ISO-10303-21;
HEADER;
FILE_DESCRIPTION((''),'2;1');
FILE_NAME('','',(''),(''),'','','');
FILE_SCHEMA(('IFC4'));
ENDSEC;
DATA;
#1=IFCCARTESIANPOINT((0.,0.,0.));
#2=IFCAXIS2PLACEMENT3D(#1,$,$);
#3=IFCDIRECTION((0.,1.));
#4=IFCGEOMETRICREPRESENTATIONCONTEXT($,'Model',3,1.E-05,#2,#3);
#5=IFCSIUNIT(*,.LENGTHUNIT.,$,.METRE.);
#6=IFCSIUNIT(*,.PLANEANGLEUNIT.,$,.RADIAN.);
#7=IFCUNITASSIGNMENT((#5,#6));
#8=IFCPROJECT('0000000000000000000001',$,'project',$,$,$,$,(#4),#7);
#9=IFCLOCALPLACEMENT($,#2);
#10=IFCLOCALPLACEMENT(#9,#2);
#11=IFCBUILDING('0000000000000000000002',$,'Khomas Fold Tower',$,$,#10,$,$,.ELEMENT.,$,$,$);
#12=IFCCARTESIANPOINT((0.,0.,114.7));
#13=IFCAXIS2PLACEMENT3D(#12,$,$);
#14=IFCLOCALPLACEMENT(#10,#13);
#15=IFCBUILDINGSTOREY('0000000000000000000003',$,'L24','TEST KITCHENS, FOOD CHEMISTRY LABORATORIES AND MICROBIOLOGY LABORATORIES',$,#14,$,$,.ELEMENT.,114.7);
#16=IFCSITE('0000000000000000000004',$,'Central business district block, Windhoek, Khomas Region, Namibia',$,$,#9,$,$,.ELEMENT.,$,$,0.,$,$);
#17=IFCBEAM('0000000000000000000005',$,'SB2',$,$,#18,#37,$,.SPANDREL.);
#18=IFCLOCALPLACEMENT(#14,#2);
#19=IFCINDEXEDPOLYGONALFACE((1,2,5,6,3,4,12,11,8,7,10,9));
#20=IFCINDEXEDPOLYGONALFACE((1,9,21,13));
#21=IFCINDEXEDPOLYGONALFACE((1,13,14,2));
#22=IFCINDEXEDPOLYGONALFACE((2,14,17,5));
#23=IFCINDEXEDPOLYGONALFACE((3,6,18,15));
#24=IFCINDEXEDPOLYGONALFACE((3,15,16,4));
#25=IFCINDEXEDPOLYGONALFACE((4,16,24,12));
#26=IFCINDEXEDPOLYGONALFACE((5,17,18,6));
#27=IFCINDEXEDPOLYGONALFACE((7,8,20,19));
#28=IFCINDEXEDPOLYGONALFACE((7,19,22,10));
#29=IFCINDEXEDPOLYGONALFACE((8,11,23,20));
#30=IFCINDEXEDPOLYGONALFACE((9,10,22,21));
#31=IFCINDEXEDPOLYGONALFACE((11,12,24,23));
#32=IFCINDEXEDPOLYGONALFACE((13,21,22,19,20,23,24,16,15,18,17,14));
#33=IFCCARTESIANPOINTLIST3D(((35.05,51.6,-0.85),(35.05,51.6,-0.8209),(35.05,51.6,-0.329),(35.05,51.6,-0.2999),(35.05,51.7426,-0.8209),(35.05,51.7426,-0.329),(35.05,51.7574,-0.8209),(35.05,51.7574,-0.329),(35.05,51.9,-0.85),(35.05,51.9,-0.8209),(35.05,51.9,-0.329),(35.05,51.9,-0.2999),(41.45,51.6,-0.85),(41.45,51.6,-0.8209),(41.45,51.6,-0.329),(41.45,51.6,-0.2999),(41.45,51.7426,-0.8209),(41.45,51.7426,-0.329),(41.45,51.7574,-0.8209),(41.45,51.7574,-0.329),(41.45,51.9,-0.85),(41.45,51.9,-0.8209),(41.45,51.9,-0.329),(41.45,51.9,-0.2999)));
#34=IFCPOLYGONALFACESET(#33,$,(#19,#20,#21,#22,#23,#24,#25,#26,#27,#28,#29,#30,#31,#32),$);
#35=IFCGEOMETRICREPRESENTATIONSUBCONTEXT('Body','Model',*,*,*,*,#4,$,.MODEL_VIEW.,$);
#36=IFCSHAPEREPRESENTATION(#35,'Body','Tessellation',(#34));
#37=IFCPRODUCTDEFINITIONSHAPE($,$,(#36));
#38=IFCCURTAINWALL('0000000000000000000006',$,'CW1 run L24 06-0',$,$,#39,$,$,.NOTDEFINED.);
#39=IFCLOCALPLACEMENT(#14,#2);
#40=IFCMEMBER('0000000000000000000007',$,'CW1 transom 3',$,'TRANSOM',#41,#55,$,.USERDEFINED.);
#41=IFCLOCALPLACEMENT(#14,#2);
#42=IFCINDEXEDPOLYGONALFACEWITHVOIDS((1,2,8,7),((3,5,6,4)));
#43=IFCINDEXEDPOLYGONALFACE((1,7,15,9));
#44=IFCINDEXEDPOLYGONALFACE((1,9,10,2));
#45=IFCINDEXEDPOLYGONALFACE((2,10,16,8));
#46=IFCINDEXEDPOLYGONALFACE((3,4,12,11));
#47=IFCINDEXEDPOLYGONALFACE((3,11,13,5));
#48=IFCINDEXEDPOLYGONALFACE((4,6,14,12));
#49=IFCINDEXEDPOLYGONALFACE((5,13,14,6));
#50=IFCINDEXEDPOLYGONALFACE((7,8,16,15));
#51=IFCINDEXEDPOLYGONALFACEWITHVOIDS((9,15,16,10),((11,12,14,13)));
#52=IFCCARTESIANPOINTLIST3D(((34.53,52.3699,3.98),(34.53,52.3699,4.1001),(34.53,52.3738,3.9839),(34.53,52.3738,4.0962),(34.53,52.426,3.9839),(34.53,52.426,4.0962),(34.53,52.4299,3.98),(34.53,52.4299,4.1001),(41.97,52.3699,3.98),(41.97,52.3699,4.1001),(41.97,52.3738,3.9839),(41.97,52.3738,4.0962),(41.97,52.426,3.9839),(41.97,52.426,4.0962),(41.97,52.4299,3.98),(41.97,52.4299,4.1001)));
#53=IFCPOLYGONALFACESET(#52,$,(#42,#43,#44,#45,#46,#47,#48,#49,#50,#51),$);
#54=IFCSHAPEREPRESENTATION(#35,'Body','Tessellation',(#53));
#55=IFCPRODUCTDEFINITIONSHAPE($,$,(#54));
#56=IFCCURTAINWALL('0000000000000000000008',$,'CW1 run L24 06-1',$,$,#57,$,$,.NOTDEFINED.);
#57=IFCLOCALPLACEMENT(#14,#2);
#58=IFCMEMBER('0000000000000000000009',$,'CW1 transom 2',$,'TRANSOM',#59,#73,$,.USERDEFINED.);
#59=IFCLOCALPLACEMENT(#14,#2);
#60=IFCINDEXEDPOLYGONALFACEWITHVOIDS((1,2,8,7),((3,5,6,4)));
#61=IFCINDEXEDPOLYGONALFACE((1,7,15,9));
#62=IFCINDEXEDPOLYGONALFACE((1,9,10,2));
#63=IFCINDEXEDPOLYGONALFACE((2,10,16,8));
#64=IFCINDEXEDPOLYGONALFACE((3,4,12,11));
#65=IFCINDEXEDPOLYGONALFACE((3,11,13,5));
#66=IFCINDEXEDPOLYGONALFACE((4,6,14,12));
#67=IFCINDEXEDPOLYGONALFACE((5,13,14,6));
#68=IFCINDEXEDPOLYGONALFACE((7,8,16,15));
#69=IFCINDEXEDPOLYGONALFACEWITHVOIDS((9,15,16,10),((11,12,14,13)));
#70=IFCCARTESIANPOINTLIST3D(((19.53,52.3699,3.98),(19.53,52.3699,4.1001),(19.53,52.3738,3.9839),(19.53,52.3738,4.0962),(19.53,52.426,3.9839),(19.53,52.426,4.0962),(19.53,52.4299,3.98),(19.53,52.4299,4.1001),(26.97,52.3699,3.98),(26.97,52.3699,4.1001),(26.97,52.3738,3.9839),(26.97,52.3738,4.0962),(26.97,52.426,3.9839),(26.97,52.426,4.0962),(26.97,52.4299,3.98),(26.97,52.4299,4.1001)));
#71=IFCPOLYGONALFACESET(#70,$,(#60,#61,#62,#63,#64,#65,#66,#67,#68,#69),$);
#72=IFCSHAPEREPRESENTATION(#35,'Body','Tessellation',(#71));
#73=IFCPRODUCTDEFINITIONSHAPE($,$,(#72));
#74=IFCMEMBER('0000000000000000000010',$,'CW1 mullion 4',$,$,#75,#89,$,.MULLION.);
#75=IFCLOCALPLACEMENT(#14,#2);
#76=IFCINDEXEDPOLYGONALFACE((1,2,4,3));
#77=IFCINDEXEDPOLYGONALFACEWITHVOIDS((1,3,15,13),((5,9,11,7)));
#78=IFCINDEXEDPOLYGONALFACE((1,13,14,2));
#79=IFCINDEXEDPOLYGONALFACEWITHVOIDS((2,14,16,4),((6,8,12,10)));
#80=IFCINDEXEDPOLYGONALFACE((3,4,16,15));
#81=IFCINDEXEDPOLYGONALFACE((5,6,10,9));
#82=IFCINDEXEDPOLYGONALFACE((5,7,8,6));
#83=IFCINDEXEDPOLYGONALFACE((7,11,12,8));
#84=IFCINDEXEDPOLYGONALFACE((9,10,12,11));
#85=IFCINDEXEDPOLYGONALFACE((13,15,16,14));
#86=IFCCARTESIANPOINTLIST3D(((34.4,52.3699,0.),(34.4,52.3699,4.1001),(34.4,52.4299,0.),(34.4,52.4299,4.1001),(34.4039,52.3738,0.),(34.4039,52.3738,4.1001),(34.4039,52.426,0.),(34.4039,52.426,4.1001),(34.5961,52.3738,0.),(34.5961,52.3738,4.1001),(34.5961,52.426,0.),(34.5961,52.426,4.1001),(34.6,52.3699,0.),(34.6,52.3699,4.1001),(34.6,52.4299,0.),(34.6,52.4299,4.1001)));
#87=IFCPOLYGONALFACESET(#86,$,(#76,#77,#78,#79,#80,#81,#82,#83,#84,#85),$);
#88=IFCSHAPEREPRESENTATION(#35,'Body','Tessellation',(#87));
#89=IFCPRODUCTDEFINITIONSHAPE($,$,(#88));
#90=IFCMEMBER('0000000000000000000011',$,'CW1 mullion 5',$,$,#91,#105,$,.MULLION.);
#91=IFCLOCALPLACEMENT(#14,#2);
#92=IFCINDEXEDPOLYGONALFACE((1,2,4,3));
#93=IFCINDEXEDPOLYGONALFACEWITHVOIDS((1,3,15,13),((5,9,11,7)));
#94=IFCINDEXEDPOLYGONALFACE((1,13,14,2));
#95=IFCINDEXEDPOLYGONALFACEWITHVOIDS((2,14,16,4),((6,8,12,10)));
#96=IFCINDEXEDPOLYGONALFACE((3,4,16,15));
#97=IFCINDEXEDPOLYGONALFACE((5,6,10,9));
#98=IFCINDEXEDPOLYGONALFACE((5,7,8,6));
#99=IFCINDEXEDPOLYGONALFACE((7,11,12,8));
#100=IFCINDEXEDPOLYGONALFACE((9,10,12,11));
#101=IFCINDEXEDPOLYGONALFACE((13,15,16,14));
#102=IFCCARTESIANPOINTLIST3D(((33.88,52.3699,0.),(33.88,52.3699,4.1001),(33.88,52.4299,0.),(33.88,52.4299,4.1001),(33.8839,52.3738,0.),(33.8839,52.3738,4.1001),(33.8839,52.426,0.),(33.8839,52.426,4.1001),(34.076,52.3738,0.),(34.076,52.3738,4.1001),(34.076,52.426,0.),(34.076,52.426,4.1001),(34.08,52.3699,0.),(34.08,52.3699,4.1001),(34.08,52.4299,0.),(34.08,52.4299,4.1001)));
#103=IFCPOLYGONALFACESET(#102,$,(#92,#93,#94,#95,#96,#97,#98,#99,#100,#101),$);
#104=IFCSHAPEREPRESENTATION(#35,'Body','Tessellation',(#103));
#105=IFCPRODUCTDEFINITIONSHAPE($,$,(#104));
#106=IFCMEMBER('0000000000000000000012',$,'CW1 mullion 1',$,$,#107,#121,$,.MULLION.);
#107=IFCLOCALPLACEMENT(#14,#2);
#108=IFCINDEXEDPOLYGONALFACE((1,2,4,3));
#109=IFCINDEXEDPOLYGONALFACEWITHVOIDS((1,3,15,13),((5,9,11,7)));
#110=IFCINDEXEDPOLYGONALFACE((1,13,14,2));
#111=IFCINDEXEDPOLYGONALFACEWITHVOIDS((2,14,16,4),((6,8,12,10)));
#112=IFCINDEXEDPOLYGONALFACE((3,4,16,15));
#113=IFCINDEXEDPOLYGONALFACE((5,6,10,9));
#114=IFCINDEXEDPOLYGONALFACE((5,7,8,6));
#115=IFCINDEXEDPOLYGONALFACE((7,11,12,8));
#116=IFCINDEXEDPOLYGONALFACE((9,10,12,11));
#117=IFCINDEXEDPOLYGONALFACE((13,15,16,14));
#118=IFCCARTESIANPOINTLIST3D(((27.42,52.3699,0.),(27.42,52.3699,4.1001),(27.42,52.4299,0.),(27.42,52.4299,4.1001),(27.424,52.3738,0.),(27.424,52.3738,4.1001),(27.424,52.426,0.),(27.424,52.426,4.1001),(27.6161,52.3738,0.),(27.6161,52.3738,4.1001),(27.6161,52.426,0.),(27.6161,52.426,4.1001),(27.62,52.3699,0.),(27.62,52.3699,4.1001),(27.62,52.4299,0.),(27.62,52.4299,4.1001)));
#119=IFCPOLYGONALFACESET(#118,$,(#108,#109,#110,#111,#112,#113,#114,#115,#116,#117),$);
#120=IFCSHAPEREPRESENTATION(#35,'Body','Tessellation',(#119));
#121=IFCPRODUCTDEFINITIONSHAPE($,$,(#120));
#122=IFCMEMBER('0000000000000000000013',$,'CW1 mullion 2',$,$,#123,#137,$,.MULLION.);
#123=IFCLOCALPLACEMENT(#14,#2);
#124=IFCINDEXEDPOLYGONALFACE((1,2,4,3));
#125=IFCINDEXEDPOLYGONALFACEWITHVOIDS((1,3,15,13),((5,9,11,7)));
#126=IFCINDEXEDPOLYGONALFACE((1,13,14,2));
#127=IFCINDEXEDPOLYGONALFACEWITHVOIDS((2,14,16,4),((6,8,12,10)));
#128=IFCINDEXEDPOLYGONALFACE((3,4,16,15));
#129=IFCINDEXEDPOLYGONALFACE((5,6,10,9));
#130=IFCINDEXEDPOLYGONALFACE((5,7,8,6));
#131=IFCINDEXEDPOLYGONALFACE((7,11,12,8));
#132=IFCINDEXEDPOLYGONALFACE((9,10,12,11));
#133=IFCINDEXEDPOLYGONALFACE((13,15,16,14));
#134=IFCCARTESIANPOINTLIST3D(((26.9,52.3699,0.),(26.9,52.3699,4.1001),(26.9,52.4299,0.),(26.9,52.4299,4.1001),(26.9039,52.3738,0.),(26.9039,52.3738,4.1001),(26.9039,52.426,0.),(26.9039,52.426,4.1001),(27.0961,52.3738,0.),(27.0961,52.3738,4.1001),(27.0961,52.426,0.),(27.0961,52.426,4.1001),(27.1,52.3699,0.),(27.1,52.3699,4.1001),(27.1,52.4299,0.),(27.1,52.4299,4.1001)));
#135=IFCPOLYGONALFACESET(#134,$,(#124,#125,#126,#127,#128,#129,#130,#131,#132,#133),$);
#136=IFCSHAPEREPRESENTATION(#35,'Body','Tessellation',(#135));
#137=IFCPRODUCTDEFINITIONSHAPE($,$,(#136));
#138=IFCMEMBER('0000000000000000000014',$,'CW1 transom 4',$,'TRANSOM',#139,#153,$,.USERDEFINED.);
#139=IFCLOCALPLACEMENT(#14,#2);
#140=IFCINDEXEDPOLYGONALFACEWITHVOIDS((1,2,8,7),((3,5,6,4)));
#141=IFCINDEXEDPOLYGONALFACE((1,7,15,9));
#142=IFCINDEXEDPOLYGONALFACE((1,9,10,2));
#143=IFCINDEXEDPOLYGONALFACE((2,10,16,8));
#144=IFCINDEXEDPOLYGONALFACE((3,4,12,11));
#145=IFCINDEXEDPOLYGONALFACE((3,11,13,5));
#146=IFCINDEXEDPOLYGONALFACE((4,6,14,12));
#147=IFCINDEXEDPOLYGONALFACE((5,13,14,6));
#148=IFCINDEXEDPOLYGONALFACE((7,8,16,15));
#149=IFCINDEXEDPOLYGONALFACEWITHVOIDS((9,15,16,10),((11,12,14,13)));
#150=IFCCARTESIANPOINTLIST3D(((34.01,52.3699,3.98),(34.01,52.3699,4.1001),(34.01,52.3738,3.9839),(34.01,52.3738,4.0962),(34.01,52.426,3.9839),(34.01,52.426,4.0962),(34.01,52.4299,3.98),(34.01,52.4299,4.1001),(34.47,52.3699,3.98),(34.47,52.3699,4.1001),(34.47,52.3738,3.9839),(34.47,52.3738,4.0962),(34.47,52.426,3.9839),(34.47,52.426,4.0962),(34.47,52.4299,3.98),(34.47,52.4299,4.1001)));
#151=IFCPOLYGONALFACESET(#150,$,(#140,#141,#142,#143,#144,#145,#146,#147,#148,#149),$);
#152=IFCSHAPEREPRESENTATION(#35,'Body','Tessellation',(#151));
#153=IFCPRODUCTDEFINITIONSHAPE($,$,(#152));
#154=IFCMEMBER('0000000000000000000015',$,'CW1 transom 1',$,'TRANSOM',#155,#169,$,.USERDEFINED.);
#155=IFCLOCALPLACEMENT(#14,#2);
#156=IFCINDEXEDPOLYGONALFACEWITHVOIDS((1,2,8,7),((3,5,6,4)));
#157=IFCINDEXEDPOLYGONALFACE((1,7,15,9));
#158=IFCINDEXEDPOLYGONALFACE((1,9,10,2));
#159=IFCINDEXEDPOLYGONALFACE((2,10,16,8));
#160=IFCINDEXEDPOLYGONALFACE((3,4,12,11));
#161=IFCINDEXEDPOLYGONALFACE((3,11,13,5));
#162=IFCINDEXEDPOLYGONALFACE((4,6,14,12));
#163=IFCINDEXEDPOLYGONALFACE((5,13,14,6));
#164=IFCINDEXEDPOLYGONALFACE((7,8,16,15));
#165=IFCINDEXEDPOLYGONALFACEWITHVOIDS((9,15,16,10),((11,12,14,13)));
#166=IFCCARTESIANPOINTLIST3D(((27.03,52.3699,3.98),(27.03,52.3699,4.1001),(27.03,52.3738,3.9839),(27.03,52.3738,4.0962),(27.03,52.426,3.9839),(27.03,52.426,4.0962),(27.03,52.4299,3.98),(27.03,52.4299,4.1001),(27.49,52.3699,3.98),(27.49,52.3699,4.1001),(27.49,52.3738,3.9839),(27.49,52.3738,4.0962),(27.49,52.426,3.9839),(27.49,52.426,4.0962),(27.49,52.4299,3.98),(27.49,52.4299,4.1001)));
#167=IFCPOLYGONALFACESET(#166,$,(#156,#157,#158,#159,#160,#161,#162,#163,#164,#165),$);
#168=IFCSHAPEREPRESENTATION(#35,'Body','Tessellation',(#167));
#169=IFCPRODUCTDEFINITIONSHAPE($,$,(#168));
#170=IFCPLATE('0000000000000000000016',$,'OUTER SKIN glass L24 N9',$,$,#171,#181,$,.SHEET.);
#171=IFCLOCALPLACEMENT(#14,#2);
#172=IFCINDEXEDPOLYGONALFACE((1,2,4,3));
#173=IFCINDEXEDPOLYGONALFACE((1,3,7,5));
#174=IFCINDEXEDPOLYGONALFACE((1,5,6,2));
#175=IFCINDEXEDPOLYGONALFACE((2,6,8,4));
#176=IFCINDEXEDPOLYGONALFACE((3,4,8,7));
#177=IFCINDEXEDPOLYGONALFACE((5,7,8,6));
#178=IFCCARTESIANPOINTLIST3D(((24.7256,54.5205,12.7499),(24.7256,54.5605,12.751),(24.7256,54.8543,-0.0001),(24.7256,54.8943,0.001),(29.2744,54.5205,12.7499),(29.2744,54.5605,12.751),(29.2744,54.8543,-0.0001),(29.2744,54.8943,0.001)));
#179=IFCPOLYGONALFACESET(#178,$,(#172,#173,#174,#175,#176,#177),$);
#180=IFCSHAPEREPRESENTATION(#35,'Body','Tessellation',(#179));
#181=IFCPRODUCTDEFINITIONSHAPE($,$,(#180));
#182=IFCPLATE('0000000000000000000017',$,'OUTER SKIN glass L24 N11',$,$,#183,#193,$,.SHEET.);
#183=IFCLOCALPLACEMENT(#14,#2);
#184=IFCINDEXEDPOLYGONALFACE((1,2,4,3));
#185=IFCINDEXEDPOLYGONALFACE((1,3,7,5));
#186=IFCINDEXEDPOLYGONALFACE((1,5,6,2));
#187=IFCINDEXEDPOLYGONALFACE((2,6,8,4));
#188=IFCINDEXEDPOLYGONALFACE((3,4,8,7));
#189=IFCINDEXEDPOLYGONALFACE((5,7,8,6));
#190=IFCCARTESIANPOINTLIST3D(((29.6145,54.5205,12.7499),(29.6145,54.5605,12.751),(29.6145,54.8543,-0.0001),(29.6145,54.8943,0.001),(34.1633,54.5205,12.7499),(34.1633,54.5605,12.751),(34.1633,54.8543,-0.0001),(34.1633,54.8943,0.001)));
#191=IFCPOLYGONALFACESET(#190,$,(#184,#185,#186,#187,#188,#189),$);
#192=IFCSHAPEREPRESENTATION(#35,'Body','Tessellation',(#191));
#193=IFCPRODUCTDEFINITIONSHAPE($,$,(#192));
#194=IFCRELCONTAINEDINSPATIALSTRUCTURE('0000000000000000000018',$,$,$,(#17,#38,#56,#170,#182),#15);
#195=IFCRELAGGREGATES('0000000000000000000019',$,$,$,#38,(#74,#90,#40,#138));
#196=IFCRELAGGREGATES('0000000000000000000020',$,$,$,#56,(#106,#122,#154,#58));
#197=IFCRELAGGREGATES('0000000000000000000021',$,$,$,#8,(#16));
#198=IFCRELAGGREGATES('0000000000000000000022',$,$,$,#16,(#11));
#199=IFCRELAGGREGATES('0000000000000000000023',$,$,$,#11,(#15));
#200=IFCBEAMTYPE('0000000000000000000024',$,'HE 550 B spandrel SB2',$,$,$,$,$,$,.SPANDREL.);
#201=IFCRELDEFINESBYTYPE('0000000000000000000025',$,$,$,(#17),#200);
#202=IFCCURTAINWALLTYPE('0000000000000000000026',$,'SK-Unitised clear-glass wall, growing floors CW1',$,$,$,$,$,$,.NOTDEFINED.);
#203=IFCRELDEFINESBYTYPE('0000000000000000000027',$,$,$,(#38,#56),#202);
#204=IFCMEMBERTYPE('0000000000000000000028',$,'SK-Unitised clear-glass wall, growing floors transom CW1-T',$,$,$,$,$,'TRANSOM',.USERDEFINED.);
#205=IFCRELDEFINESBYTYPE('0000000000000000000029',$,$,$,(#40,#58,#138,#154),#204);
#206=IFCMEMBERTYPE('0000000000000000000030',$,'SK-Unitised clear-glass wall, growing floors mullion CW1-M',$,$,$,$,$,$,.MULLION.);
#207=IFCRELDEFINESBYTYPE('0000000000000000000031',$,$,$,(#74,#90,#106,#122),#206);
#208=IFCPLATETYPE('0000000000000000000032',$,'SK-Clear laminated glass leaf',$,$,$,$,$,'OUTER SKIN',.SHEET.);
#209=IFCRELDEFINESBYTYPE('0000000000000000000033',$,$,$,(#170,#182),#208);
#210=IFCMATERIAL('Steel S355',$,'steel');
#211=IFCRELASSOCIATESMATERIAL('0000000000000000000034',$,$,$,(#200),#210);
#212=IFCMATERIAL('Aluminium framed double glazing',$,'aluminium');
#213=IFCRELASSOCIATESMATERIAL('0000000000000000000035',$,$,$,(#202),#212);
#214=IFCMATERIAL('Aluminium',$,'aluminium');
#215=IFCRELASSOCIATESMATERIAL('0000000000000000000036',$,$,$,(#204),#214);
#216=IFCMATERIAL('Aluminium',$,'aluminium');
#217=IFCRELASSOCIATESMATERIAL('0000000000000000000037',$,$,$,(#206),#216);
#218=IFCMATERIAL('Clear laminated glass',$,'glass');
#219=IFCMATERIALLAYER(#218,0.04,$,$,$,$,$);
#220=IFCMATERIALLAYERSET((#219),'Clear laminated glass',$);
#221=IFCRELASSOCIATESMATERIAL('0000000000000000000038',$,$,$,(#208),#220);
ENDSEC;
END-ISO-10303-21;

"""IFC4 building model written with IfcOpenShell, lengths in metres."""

from ifc_helpers import new_model, si_unit, direction, frame, origin, origin_2d, place, context, subcontext, project, spatial, polyline, hollow_rectangle, i_section, outline, extrude, source, transform, mapped, material, layer, layer_set, material_profile, profile_set, type_object, element, aggregate, save


model = new_model("IFC4")

# Units and contexts
model_context = context("Model", 3, precision=1e-05, world=origin(), true_north=direction((0.0, 1.0)))
body_context = subcontext(model_context, "Body", "Model", "MODEL_VIEW")
ifc_project = project(units=[si_unit("LENGTHUNIT", "METRE"), si_unit("PLANEANGLEUNIT", "RADIAN")], contexts=[model_context])

# Site, building, storey
site_placement = place(None, origin())
site = spatial("IfcSite", under=ifc_project, at=site_placement, Name="Central business district block, Windhoek, Khomas Region, Namibia", CompositionType="ELEMENT", RefElevation=0.0)
building_placement = place(site_placement, origin())
building = spatial("IfcBuilding", under=site, at=building_placement, Name="Khomas Fold Tower", CompositionType="ELEMENT")
storey_placement = place(building_placement, frame((0.0, 0.0, 114.7)))
storey = spatial("IfcBuildingStorey", under=building, at=storey_placement, Name="L24", Description="TEST KITCHENS, FOOD CHEMISTRY LABORATORIES AND MICROBIOLOGY LABORATORIES", CompositionType="ELEMENT", Elevation=114.7)

# Beam
ifc_material_1 = material(Name="Steel S355", Category="steel")
ifc_material_profile_1 = material_profile(ifc_material_1, i_section(OverallWidth=0.3, OverallDepth=0.55, WebThickness=0.0149, FlangeThickness=0.0291, at=origin_2d()), Name="HE 550 B")
ifc_profile_set_1 = profile_set([ifc_material_profile_1], Name="Steel S355")
beam_type = type_object("IfcBeamType", Name="HE 550 B spandrel SB2", PredefinedType="SPANDREL", material=ifc_profile_set_1)
shared_shape_1 = source(origin(), body_context, "Body", "SweptSolid", [
    extrude(i_section(OverallWidth=0.3, OverallDepth=0.55, WebThickness=0.0149, FlangeThickness=0.0291, at=origin_2d()), origin(), (0.0, 0.0, 1.0), 6.3999),
])
beam_placement = place(storey_placement, frame((35.05, 51.75, -0.575), z_axis=(1.0, 0.0, 0.0), x_axis=(0.0, 1.0, 0.0)))
element("IfcBeam", 1, at=beam_placement, inside=storey, type_object=beam_type, Name="SB2", PredefinedType="SPANDREL", context=body_context, shape_type="MappedRepresentation", body=[
    mapped(shared_shape_1, transform((0.0, 0.0, 0.0))),
])

# Curtain walls, members
ifc_material_2 = material(Name="Aluminium framed double glazing", Category="aluminium")
curtain_wall_type = type_object("IfcCurtainWallType", Name="SK-Unitised clear-glass wall, growing floors CW1", PredefinedType="NOTDEFINED", material=ifc_material_2)
curtain_wall_1_placement = place(storey_placement, origin())
curtain_wall_1 = element("IfcCurtainWall", 2, at=curtain_wall_1_placement, inside=storey, type_object=curtain_wall_type, Name="CW1 run L24 06-0", PredefinedType="NOTDEFINED")
ifc_material_3 = material(Name="Aluminium", Category="aluminium")
ifc_material_profile_2 = material_profile(ifc_material_3, hollow_rectangle(XDim=0.0601, YDim=0.1201, WallThickness=0.0039, at=origin_2d()), Name="SK-Unitised clear-glass wall, growing floors transom CW1-T")
ifc_profile_set_2 = profile_set([ifc_material_profile_2], Name="Aluminium")
member_type_1 = type_object("IfcMemberType", Name="SK-Unitised clear-glass wall, growing floors transom CW1-T", ElementType="TRANSOM", PredefinedType="USERDEFINED", material=ifc_profile_set_2)
shared_shape_2 = source(origin(), body_context, "Body", "SweptSolid", [
    extrude(hollow_rectangle(XDim=0.0601, YDim=0.1201, WallThickness=0.0039, at=origin_2d()), origin(), (0.0, 0.0, 1.0), 7.4399),
])
member_1_placement = place(storey_placement, frame((41.97, 52.3999, 4.04), z_axis=(-1.0, 0.0, 0.0), x_axis=(0.0, -1.0, 0.0)))
member_1 = element("IfcMember", 3, at=member_1_placement, type_object=member_type_1, Name="CW1 transom 3", ObjectType="TRANSOM", PredefinedType="USERDEFINED", context=body_context, shape_type="MappedRepresentation", body=[
    mapped(shared_shape_2, transform((0.0, 0.0, 0.0))),
])
curtain_wall_2_placement = place(storey_placement, origin())
curtain_wall_2 = element("IfcCurtainWall", 4, at=curtain_wall_2_placement, inside=storey, type_object=curtain_wall_type, Name="CW1 run L24 06-1", PredefinedType="NOTDEFINED")
member_2_placement = place(storey_placement, frame((26.97, 52.3999, 4.04), z_axis=(-1.0, 0.0, 0.0), x_axis=(0.0, -1.0, 0.0)))
member_2 = element("IfcMember", 5, at=member_2_placement, type_object=member_type_1, Name="CW1 transom 2", ObjectType="TRANSOM", PredefinedType="USERDEFINED", context=body_context, shape_type="MappedRepresentation", body=[
    mapped(shared_shape_2, transform((0.0, 0.0, 0.0))),
])

# Members
ifc_material_4 = material(Name="Aluminium", Category="aluminium")
ifc_material_profile_3 = material_profile(ifc_material_4, hollow_rectangle(XDim=0.0601, YDim=0.2, WallThickness=0.0039, at=origin_2d()), Name="SK-Unitised clear-glass wall, growing floors mullion CW1-M")
ifc_profile_set_3 = profile_set([ifc_material_profile_3], Name="Aluminium")
member_type_2 = type_object("IfcMemberType", Name="SK-Unitised clear-glass wall, growing floors mullion CW1-M", PredefinedType="MULLION", material=ifc_profile_set_3)
shared_shape_3 = source(origin(), body_context, "Body", "SweptSolid", [
    extrude(hollow_rectangle(XDim=0.0601, YDim=0.2, WallThickness=0.0039, at=origin_2d()), origin(), (0.0, 0.0, 1.0), 4.1001),
])
member_3_placement = place(storey_placement, frame((34.5, 52.3999, 0.0), z_axis=(0.0, 0.0, 1.0), x_axis=(0.0, -1.0, 0.0)))
member_3 = element("IfcMember", 6, at=member_3_placement, type_object=member_type_2, Name="CW1 mullion 4", PredefinedType="MULLION", context=body_context, shape_type="MappedRepresentation", body=[
    mapped(shared_shape_3, transform((0.0, 0.0, 0.0))),
])
member_4_placement = place(storey_placement, frame((33.98, 52.3999, 0.0), z_axis=(0.0, 0.0, 1.0), x_axis=(0.0, -1.0, 0.0)))
member_4 = element("IfcMember", 7, at=member_4_placement, type_object=member_type_2, Name="CW1 mullion 5", PredefinedType="MULLION", context=body_context, shape_type="MappedRepresentation", body=[
    mapped(shared_shape_3, transform((0.0, 0.0, 0.0))),
])
member_5_placement = place(storey_placement, frame((27.52, 52.3999, 0.0), z_axis=(0.0, 0.0, 1.0), x_axis=(0.0, -1.0, 0.0)))
member_5 = element("IfcMember", 8, at=member_5_placement, type_object=member_type_2, Name="CW1 mullion 1", PredefinedType="MULLION", context=body_context, shape_type="MappedRepresentation", body=[
    mapped(shared_shape_3, transform((0.0, 0.0, 0.0))),
])
member_6_placement = place(storey_placement, frame((27.0, 52.3999, 0.0), z_axis=(0.0, 0.0, 1.0), x_axis=(0.0, -1.0, 0.0)))
member_6 = element("IfcMember", 9, at=member_6_placement, type_object=member_type_2, Name="CW1 mullion 2", PredefinedType="MULLION", context=body_context, shape_type="MappedRepresentation", body=[
    mapped(shared_shape_3, transform((0.0, 0.0, 0.0))),
])
shared_shape_4 = source(origin(), body_context, "Body", "SweptSolid", [
    extrude(hollow_rectangle(XDim=0.0601, YDim=0.1201, WallThickness=0.0039, at=origin_2d()), origin(), (0.0, 0.0, 1.0), 0.46),
])
member_7_placement = place(storey_placement, frame((34.47, 52.3999, 4.04), z_axis=(-1.0, 0.0, 0.0), x_axis=(0.0, -1.0, 0.0)))
member_7 = element("IfcMember", 10, at=member_7_placement, type_object=member_type_1, Name="CW1 transom 4", ObjectType="TRANSOM", PredefinedType="USERDEFINED", context=body_context, shape_type="MappedRepresentation", body=[
    mapped(shared_shape_4, transform((0.0, 0.0, 0.0))),
])
member_8_placement = place(storey_placement, frame((27.49, 52.3999, 4.04), z_axis=(-1.0, 0.0, 0.0), x_axis=(0.0, -1.0, 0.0)))
member_8 = element("IfcMember", 11, at=member_8_placement, type_object=member_type_1, Name="CW1 transom 1", ObjectType="TRANSOM", PredefinedType="USERDEFINED", context=body_context, shape_type="MappedRepresentation", body=[
    mapped(shared_shape_4, transform((0.0, 0.0, 0.0))),
])

# Plates
ifc_material_5 = material(Name="Clear laminated glass", Category="glass")
ifc_layer_1 = layer(ifc_material_5, 0.04)
ifc_layer_set_1 = layer_set([ifc_layer_1], Name="Clear laminated glass")
plate_type_1 = type_object("IfcPlateType", Name="SK-Clear laminated glass leaf", ElementType="OUTER SKIN", PredefinedType="SHEET", material=ifc_layer_set_1)
for number, where, z_axis, x_axis, name in (
    (12, (24.7256, 54.8943, 0.001), (0.0, 0.999658, 0.026167), (1.0, 0.0, 0.0), "OUTER SKIN glass L24 N9"),
    (13, (29.6145, 54.8943, 0.001), (0.0, 0.999658, 0.026167), (1.0, 0.0, 0.0), "OUTER SKIN glass L24 N11"),
):
    element("IfcPlate", number, at=place(storey_placement, frame(where, z_axis=z_axis, x_axis=x_axis)), inside=storey, type_object=plate_type_1, Name=name, PredefinedType="SHEET", context=body_context, shape_type="SweptSolid", body=[
        extrude(outline(polyline([(0.0, 0.0), (4.5488, 0.0), (4.5488, -12.7544), (0.0, -12.7544), (0.0, 0.0)])), origin(), (0.0, 0.0, -1.0), 0.04),
    ])

aggregate(curtain_wall_1, [member_3, member_4, member_1, member_7])
aggregate(curtain_wall_2, [member_5, member_6, member_8, member_2])

save(model, "model.ifc")
